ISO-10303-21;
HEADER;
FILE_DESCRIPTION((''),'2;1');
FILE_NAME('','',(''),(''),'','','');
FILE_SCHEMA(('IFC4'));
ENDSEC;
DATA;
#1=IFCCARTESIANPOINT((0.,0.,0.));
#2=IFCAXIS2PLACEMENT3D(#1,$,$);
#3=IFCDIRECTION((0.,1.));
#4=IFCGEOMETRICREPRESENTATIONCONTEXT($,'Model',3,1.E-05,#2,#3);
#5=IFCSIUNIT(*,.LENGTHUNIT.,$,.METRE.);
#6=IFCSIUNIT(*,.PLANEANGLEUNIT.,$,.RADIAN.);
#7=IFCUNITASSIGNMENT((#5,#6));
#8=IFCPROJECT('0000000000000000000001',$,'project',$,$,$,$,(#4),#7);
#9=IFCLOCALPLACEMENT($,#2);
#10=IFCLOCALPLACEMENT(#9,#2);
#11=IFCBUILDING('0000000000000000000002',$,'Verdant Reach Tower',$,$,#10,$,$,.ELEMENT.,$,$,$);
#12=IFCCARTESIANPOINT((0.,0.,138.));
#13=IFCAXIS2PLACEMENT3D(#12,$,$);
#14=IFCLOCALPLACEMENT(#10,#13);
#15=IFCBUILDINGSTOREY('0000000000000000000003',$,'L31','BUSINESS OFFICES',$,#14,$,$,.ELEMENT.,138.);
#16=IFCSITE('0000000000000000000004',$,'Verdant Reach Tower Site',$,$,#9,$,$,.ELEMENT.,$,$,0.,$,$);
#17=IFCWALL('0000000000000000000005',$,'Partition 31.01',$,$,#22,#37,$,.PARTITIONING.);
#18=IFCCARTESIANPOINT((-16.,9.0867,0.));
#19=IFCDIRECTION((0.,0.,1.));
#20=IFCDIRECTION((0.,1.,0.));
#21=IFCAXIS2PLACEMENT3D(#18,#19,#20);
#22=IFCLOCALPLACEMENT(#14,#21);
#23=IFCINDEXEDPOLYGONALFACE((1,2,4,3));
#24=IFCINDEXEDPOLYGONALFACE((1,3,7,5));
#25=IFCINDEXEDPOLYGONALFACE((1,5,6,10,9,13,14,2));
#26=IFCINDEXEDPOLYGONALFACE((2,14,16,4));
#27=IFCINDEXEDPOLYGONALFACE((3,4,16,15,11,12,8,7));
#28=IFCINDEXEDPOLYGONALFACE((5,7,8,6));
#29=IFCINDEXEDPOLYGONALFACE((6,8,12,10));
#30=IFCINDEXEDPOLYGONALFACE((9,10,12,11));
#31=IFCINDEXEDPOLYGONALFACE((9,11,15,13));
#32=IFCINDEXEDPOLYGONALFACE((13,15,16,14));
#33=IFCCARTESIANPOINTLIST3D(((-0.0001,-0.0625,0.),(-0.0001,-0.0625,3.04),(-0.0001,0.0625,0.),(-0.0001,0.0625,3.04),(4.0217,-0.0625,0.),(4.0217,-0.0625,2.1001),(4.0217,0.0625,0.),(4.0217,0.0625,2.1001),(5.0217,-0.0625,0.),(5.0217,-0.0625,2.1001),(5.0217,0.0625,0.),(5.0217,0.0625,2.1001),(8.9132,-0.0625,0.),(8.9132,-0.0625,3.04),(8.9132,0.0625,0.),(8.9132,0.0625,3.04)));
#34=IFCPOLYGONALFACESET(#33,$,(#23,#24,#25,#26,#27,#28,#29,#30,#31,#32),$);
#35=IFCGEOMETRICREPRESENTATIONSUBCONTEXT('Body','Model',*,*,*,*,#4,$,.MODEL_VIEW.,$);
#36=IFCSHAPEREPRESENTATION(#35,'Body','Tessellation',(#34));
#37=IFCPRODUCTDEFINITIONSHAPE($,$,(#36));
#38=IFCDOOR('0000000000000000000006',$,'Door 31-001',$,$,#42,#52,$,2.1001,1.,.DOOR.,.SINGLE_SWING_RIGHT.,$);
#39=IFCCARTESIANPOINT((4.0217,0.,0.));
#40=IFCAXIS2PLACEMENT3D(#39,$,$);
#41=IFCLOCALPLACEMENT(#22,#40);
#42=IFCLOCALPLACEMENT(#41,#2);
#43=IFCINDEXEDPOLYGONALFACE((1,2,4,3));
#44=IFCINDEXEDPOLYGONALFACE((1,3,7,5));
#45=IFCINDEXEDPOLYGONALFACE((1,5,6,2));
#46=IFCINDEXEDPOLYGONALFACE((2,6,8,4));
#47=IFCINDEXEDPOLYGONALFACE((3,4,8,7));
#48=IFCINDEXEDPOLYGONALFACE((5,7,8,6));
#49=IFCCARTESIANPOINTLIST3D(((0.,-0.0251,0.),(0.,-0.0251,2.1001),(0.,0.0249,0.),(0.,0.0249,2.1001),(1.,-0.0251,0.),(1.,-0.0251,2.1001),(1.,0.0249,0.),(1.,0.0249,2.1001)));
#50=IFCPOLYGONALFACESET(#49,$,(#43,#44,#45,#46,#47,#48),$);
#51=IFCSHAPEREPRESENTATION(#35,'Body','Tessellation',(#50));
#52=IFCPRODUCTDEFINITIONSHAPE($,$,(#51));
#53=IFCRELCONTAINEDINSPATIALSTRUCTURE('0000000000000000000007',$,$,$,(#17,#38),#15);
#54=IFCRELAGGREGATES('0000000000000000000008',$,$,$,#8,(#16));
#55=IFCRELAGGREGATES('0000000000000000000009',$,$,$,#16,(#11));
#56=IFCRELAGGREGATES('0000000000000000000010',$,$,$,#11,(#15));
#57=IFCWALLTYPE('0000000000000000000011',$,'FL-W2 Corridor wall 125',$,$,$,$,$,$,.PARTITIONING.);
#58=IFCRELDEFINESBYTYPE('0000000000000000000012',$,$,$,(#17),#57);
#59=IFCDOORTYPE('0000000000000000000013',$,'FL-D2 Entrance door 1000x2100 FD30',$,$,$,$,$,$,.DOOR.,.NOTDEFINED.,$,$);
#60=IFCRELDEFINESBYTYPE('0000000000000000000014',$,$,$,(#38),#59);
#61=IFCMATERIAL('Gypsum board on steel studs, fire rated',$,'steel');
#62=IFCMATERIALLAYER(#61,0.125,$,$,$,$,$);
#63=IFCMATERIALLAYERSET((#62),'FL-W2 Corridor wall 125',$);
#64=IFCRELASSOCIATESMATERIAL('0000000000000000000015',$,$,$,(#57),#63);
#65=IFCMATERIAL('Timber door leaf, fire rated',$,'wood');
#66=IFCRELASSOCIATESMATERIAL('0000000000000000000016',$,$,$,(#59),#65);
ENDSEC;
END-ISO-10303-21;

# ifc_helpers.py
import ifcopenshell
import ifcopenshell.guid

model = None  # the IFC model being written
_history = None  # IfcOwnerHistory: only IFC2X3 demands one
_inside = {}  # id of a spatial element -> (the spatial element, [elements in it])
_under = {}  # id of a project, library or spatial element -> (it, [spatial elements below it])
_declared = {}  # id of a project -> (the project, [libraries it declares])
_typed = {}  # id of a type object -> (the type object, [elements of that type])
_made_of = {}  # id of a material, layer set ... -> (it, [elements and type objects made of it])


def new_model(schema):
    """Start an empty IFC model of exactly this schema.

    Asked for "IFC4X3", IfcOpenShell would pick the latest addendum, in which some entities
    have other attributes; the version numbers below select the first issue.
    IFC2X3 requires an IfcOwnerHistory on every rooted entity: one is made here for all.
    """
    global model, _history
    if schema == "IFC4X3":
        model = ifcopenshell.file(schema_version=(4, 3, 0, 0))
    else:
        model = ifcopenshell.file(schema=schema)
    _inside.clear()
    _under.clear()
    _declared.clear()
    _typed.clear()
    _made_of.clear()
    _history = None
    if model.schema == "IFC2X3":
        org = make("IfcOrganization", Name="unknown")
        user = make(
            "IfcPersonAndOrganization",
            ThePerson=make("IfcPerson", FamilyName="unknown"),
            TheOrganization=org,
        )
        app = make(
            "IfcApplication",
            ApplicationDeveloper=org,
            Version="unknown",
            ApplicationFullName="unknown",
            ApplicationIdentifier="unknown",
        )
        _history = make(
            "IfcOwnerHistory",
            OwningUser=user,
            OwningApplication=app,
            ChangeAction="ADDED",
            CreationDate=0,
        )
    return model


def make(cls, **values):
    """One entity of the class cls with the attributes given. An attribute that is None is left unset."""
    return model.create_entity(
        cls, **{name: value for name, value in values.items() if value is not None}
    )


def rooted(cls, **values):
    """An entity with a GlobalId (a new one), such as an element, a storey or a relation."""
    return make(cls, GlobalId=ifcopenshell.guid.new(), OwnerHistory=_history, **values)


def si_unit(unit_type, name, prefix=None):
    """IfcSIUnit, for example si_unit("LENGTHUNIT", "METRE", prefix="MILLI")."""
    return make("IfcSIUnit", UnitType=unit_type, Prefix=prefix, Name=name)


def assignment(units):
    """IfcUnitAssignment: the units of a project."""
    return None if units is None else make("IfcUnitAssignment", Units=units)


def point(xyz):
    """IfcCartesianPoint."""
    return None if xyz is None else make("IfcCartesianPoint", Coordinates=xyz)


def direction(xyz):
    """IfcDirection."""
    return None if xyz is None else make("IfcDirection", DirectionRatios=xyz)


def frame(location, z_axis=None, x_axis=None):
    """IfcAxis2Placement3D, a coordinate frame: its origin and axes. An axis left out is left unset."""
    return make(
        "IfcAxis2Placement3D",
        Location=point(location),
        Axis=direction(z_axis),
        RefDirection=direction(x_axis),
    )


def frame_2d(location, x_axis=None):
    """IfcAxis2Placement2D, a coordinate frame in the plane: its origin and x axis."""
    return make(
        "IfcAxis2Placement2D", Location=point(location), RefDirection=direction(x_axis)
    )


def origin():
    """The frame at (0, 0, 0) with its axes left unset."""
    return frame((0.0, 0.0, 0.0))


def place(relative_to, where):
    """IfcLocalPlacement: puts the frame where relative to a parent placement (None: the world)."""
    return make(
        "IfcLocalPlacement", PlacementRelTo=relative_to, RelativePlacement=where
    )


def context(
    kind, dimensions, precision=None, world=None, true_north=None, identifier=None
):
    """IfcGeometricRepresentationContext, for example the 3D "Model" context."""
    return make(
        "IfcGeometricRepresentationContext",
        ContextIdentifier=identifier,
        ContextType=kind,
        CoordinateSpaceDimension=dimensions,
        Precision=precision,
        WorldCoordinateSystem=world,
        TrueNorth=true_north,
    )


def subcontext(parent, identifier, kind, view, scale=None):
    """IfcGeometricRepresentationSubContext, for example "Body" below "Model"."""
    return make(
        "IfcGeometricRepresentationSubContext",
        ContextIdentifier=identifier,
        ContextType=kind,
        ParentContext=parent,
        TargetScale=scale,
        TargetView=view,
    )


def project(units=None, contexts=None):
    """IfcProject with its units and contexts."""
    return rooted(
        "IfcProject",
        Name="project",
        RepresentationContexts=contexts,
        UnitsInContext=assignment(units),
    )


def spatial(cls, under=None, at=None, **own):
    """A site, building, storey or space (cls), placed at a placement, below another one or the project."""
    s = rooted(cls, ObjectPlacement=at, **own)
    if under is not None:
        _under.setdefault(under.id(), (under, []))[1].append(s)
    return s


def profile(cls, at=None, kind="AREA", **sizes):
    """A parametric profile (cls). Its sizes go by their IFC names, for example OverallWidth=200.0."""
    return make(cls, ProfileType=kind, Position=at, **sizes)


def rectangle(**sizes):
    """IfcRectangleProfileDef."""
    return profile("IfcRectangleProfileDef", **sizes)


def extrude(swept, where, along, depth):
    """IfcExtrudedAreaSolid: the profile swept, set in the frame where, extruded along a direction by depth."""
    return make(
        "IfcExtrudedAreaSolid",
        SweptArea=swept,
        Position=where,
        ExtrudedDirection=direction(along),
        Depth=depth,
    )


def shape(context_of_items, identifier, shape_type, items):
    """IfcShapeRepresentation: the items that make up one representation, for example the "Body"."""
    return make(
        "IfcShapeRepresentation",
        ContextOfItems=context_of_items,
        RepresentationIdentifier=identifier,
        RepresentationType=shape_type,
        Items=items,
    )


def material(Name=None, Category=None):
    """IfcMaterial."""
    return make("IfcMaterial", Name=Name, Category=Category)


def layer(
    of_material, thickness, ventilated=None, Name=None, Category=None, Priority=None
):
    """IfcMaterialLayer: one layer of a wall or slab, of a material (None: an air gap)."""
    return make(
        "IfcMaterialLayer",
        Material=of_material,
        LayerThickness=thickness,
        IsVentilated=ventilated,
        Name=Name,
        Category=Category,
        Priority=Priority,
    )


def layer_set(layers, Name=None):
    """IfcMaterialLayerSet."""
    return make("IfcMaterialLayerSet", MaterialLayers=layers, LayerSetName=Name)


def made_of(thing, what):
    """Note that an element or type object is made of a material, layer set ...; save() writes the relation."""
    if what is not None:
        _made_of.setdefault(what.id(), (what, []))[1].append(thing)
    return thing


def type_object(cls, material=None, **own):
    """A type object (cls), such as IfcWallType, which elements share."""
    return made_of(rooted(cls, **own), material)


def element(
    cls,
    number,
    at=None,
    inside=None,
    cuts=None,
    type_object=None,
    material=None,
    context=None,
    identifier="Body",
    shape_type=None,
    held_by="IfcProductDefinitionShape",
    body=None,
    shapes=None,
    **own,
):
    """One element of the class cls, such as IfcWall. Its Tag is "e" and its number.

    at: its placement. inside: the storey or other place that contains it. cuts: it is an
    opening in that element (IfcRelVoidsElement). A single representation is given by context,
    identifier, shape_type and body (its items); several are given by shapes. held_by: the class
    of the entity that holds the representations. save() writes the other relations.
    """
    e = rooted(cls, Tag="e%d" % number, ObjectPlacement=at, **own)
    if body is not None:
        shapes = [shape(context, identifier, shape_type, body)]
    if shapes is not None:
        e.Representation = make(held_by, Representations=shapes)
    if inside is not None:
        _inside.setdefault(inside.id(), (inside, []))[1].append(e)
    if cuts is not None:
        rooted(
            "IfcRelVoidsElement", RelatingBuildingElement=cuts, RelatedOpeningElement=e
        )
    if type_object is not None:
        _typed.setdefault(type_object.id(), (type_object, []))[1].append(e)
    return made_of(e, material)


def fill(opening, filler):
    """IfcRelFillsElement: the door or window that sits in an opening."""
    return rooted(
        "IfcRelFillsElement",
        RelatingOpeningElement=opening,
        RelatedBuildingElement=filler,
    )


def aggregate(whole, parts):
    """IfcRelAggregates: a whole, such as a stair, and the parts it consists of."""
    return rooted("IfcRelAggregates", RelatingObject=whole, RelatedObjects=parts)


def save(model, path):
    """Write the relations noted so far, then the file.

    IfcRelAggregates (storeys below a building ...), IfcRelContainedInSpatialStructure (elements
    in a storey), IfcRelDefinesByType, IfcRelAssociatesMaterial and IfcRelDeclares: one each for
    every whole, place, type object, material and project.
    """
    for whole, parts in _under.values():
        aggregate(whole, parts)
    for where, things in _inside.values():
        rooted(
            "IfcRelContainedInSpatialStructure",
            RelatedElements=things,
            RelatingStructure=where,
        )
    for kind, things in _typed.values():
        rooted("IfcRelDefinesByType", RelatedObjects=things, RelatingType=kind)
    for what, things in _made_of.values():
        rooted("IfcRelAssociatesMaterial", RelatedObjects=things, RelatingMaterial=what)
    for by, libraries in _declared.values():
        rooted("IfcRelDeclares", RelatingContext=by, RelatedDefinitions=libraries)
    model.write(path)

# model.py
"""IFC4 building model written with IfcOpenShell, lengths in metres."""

from ifc_helpers import new_model, si_unit, direction, frame, frame_2d, origin, place, context, subcontext, project, spatial, rectangle, extrude, material, layer, layer_set, type_object, element, fill, save


model = new_model("IFC4")

# Units and contexts
model_context = context("Model", 3, precision=1e-05, world=origin(), true_north=direction((0.0, 1.0)))
body_context = subcontext(model_context, "Body", "Model", "MODEL_VIEW")
ifc_project = project(units=[si_unit("LENGTHUNIT", "METRE"), si_unit("PLANEANGLEUNIT", "RADIAN")], contexts=[model_context])

# Site, building, storey
site_placement = place(None, origin())
site = spatial("IfcSite", under=ifc_project, at=site_placement, Name="Verdant Reach Tower Site", CompositionType="ELEMENT", RefElevation=0.0)
building_placement = place(site_placement, origin())
building = spatial("IfcBuilding", under=site, at=building_placement, Name="Verdant Reach Tower", CompositionType="ELEMENT")
storey_placement = place(building_placement, frame((0.0, 0.0, 138.0)))
storey = spatial("IfcBuildingStorey", under=building, at=storey_placement, Name="L31", Description="BUSINESS OFFICES", CompositionType="ELEMENT", Elevation=138.0)

# Wall, opening, door
ifc_material_1 = material(Name="Gypsum board on steel studs, fire rated", Category="steel")
ifc_layer_1 = layer(ifc_material_1, 0.125)
ifc_layer_set_1 = layer_set([ifc_layer_1], Name="FL-W2 Corridor wall 125")
wall_type = type_object("IfcWallType", Name="FL-W2 Corridor wall 125", PredefinedType="PARTITIONING", material=ifc_layer_set_1)
wall_placement = place(storey_placement, frame((-16.0, 9.0867, 0.0), z_axis=(0.0, 0.0, 1.0), x_axis=(0.0, 1.0, 0.0)))
wall = element("IfcWall", 1, at=wall_placement, inside=storey, type_object=wall_type, Name="Partition 31.01", PredefinedType="PARTITIONING", context=body_context, shape_type="SweptSolid", body=[
    extrude(rectangle(XDim=8.9133, YDim=0.125, at=frame_2d((4.4565, 0.0))), origin(), (0.0, 0.0, 1.0), 3.04),
])
opening_placement = place(wall_placement, frame((4.0217, 0.0, 0.0)))
opening = element("IfcOpeningElement", 2, at=opening_placement, cuts=wall, PredefinedType="OPENING", context=body_context, shape_type="SweptSolid", body=[
    extrude(rectangle(XDim=1.0, YDim=2.1001, at=frame_2d((0.5, 1.05))), frame((0.0, 0.0725, 0.0), z_axis=(0.0, -1.0, 0.0), x_axis=(1.0, 0.0, 0.0)), (0.0, 0.0, 1.0), 0.145),
])
ifc_material_2 = material(Name="Timber door leaf, fire rated", Category="wood")
door_type = type_object("IfcDoorType", Name="FL-D2 Entrance door 1000x2100 FD30", OperationType="NOTDEFINED", PredefinedType="DOOR", material=ifc_material_2)
door_placement = place(opening_placement, origin())
door = element("IfcDoor", 3, at=door_placement, inside=storey, type_object=door_type, Name="Door 31-001", OperationType="SINGLE_SWING_RIGHT", OverallHeight=2.1001, OverallWidth=1.0, PredefinedType="DOOR", context=body_context, shape_type="SweptSolid", body=[
    extrude(rectangle(XDim=1.0, YDim=2.1001, at=frame_2d((0.5, 1.05))), frame((0.0, 0.0249, 0.0), z_axis=(0.0, -1.0, 0.0), x_axis=(1.0, 0.0, 0.0)), (0.0, 0.0, 1.0), 0.05),
])
fill(opening, door)

save(model, "model.ifc")
